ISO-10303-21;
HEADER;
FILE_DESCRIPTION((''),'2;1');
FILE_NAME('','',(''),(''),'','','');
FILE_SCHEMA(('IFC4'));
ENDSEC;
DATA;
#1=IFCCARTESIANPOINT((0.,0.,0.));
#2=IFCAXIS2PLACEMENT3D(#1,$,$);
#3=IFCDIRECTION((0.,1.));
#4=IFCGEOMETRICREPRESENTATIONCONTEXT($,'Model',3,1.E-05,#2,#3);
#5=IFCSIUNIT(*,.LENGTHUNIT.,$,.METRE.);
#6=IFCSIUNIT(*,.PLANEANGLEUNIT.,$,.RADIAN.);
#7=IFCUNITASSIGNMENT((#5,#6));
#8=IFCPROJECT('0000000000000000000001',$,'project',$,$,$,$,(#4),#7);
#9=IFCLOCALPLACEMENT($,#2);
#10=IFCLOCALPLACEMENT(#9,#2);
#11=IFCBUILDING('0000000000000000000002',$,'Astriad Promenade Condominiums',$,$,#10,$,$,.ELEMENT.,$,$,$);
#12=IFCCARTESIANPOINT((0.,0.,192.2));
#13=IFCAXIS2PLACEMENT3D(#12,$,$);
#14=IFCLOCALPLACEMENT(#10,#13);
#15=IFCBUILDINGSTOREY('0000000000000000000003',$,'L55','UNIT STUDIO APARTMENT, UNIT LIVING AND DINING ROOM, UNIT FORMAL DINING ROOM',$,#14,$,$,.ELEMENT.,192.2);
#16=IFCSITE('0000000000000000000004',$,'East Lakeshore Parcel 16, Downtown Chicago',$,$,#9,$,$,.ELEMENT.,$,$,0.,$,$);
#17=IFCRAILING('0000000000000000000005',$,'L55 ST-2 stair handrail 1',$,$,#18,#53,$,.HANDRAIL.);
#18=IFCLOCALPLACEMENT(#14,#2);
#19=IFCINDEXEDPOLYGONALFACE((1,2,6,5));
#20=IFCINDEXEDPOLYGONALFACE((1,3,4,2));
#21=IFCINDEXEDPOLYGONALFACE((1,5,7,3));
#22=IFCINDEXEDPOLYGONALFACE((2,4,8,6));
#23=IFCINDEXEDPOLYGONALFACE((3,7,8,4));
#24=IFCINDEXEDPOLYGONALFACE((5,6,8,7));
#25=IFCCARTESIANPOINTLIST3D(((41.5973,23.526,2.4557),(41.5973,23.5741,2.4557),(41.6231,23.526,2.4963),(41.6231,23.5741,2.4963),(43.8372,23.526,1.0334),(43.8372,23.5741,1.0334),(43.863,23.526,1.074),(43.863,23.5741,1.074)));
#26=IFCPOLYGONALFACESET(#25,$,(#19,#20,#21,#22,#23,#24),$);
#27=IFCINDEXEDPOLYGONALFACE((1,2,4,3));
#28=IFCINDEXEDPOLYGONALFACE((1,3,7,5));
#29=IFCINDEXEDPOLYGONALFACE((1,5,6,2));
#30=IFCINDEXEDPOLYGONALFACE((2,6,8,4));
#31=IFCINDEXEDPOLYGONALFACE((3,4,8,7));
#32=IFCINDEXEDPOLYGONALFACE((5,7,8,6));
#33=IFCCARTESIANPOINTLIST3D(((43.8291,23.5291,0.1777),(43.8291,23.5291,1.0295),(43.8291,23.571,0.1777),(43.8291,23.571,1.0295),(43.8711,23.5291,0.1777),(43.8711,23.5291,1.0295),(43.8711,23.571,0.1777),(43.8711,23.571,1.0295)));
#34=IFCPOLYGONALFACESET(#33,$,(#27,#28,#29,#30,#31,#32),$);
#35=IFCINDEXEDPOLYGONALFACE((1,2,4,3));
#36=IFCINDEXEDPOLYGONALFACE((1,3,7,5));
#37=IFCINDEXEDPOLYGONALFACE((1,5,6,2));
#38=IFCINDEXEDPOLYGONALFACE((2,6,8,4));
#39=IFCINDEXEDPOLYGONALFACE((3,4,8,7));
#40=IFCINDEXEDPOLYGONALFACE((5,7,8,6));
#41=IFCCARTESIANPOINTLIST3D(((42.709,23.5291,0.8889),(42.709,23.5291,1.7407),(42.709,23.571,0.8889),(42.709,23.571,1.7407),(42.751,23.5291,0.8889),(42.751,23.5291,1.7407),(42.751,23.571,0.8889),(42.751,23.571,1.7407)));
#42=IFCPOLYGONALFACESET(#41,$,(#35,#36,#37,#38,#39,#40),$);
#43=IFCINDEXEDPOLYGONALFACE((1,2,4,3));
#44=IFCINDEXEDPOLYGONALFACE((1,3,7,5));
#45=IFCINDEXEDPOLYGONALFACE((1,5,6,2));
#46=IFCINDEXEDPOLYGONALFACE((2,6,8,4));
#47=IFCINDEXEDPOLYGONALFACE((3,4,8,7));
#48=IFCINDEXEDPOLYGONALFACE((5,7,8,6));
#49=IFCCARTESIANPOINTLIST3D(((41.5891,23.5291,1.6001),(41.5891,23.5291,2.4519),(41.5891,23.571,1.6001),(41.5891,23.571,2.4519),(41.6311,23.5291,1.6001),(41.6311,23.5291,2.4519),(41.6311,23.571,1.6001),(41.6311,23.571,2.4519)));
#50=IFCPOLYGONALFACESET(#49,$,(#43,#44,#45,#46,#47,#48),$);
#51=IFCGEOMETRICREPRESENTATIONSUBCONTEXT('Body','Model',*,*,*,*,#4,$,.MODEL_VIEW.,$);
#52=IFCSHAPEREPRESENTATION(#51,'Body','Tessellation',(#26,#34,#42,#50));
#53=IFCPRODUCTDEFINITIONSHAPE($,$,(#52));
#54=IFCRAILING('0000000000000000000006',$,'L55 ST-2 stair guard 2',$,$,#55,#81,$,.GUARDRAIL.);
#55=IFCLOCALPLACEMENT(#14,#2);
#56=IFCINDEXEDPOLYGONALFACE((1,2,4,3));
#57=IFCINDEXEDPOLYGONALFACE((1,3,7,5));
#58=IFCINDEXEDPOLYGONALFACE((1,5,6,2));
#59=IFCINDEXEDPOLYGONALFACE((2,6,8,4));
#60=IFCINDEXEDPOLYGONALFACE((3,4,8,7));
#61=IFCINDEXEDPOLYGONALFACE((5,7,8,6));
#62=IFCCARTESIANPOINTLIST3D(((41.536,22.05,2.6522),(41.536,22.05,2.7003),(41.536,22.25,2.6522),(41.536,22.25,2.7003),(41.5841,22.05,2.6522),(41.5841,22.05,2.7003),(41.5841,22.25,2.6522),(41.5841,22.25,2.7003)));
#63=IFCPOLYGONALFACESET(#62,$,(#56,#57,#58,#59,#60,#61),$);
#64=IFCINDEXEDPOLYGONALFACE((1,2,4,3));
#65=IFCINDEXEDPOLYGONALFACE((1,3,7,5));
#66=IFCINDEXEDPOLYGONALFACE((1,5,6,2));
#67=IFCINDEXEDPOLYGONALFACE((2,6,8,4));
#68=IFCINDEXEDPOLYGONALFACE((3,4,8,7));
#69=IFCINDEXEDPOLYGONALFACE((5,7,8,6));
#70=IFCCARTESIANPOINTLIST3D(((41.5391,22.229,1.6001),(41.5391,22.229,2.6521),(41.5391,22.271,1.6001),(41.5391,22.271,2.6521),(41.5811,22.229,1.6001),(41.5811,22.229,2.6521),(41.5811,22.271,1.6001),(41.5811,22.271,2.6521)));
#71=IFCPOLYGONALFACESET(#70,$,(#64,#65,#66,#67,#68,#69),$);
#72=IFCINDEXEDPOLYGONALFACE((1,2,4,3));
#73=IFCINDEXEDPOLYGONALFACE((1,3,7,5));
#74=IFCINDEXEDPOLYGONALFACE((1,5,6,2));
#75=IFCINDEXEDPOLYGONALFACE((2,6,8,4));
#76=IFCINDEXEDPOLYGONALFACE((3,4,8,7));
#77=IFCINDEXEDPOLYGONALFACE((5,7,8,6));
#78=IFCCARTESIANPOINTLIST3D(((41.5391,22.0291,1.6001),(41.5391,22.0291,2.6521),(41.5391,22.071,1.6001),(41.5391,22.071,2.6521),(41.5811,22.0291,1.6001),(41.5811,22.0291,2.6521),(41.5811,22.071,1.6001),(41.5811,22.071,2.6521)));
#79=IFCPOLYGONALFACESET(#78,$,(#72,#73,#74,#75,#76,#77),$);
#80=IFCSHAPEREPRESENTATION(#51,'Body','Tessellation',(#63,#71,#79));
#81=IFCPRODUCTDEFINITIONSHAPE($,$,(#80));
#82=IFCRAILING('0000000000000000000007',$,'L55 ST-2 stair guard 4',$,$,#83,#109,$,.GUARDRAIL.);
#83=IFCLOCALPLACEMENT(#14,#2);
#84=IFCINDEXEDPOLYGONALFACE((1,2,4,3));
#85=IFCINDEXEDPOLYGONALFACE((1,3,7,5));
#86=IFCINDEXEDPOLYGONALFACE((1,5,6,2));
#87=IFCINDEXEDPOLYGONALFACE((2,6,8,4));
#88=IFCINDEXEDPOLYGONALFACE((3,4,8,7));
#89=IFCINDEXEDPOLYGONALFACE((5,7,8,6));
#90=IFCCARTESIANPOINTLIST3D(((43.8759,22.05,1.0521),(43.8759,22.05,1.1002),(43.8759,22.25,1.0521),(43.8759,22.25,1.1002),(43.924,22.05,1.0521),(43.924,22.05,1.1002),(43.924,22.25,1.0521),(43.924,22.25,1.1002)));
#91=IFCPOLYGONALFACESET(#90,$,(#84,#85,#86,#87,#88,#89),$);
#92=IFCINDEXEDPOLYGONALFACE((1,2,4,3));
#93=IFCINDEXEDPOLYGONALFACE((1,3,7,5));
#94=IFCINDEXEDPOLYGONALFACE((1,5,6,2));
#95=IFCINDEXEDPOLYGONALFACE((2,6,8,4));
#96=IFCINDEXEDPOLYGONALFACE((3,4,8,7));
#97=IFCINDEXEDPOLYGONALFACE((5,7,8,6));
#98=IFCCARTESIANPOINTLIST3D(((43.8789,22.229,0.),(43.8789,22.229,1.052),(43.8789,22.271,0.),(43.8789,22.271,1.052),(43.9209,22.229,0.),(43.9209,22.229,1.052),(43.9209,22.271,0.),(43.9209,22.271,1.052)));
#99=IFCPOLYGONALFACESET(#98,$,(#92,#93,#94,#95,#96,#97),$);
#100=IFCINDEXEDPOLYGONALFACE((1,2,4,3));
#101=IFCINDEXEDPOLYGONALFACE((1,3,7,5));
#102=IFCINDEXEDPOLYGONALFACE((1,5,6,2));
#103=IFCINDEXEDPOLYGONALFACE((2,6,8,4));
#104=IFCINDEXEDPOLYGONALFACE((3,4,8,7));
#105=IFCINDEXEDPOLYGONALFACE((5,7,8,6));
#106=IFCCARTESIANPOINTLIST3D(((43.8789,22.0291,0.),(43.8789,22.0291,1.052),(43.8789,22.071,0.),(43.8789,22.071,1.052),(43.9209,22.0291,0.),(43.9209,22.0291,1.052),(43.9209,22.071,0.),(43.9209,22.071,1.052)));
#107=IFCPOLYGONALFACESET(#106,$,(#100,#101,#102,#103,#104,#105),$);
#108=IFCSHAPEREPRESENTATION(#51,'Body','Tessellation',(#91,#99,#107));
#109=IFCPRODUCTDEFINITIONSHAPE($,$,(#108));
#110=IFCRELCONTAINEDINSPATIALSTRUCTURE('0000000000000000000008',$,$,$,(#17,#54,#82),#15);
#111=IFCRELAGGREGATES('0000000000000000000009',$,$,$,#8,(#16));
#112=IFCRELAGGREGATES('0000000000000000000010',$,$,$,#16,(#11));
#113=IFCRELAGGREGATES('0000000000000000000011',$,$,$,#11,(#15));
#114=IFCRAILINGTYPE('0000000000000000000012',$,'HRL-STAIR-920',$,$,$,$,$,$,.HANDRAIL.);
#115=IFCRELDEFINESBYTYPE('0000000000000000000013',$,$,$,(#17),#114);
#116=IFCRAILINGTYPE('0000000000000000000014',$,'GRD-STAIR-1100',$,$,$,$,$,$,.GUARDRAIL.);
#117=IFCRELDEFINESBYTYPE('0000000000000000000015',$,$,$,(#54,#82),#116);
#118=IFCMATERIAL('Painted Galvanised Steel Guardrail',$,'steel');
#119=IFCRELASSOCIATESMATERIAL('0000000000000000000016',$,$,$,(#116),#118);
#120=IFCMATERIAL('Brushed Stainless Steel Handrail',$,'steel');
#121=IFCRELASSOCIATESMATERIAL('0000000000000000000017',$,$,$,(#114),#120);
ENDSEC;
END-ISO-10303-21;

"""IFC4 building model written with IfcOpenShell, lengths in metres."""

from ifc_helpers import new_model, si_unit, direction, frame, origin, origin_2d, place, context, subcontext, project, spatial, rectangle, extrude, source, transform, mapped, material, type_object, element, save


model = new_model("IFC4")

# Units and contexts
model_context = context("Model", 3, precision=1e-05, world=origin(), true_north=direction((0.0, 1.0)))
body_context = subcontext(model_context, "Body", "Model", "MODEL_VIEW")
ifc_project = project(units=[si_unit("LENGTHUNIT", "METRE"), si_unit("PLANEANGLEUNIT", "RADIAN")], contexts=[model_context])

# Site, building, storey
site_placement = place(None, origin())
site = spatial("IfcSite", under=ifc_project, at=site_placement, Name="East Lakeshore Parcel 16, Downtown Chicago", CompositionType="ELEMENT", RefElevation=0.0)
building_placement = place(site_placement, origin())
building = spatial("IfcBuilding", under=site, at=building_placement, Name="Astriad Promenade Condominiums", CompositionType="ELEMENT")
storey_placement = place(building_placement, frame((0.0, 0.0, 192.2)))
storey = spatial("IfcBuildingStorey", under=building, at=storey_placement, Name="L55", Description="UNIT STUDIO APARTMENT, UNIT LIVING AND DINING ROOM, UNIT FORMAL DINING ROOM", CompositionType="ELEMENT", Elevation=192.2)

# Railings
ifc_material_1 = material(Name="Painted Galvanised Steel Guardrail", Category="steel")
railing_type_1 = type_object("IfcRailingType", Name="GRD-STAIR-1100", PredefinedType="GUARDRAIL", material=ifc_material_1)
ifc_material_2 = material(Name="Brushed Stainless Steel Handrail", Category="steel")
railing_type_2 = type_object("IfcRailingType", Name="HRL-STAIR-920", PredefinedType="HANDRAIL", material=ifc_material_2)
shared_shape_1 = source(origin(), body_context, "Body", "SweptSolid", [
    extrude(rectangle(XDim=0.0481, YDim=0.0481, at=origin_2d()), frame((0.0, 0.0, 0.876), z_axis=(-0.844188, 0.0, 0.536048), x_axis=(0.0, -1.0, 0.0)), (0.0, 0.0, 1.0), 2.6533),
    extrude(rectangle(XDim=0.042, YDim=0.042, at=origin_2d()), origin(), (0.0, 0.0, 1.0), 0.8518),
    extrude(rectangle(XDim=0.042, YDim=0.042, at=origin_2d()), frame((-1.1201, 0.0, 0.7112)), (0.0, 0.0, 1.0), 0.8518),
    extrude(rectangle(XDim=0.042, YDim=0.042, at=origin_2d()), frame((-2.24, 0.0, 1.4224)), (0.0, 0.0, 1.0), 0.8518),
])
railing_1_placement = place(storey_placement, frame((43.8501, 23.55, 0.1777)))
element("IfcRailing", 1, at=railing_1_placement, inside=storey, type_object=railing_type_2, Name="L55 ST-2 stair handrail 1", PredefinedType="HANDRAIL", context=body_context, shape_type="MappedRepresentation", body=[
    mapped(shared_shape_1, transform((0.0, 0.0, 0.0), scale=1.0)),
])
shared_shape_2 = source(origin(), body_context, "Body", "SweptSolid", [
    extrude(rectangle(XDim=0.0481, YDim=0.0481, at=origin_2d()), frame((0.0, 0.0, 1.0762), z_axis=(0.0, -1.0, 0.0), x_axis=(1.0, 0.0, 0.0)), (0.0, 0.0, 1.0), 0.2),
    extrude(rectangle(XDim=0.042, YDim=0.042, at=origin_2d()), origin(), (0.0, 0.0, 1.0), 1.052),
    extrude(rectangle(XDim=0.042, YDim=0.042, at=origin_2d()), frame((0.0, -0.2, 0.0)), (0.0, 0.0, 1.0), 1.052),
])
for number, where, name in (
    (2, (41.5601, 22.25, 1.6001), "L55 ST-2 stair guard 2"),
    (3, (43.8999, 22.25, 0.0), "L55 ST-2 stair guard 4"),
):
    element("IfcRailing", number, at=place(storey_placement, frame(where)), inside=storey, type_object=railing_type_1, Name=name, PredefinedType="GUARDRAIL", context=body_context, shape_type="MappedRepresentation", body=[
        mapped(shared_shape_2, transform((0.0, 0.0, 0.0), scale=1.0)),
    ])

save(model, "model.ifc")
